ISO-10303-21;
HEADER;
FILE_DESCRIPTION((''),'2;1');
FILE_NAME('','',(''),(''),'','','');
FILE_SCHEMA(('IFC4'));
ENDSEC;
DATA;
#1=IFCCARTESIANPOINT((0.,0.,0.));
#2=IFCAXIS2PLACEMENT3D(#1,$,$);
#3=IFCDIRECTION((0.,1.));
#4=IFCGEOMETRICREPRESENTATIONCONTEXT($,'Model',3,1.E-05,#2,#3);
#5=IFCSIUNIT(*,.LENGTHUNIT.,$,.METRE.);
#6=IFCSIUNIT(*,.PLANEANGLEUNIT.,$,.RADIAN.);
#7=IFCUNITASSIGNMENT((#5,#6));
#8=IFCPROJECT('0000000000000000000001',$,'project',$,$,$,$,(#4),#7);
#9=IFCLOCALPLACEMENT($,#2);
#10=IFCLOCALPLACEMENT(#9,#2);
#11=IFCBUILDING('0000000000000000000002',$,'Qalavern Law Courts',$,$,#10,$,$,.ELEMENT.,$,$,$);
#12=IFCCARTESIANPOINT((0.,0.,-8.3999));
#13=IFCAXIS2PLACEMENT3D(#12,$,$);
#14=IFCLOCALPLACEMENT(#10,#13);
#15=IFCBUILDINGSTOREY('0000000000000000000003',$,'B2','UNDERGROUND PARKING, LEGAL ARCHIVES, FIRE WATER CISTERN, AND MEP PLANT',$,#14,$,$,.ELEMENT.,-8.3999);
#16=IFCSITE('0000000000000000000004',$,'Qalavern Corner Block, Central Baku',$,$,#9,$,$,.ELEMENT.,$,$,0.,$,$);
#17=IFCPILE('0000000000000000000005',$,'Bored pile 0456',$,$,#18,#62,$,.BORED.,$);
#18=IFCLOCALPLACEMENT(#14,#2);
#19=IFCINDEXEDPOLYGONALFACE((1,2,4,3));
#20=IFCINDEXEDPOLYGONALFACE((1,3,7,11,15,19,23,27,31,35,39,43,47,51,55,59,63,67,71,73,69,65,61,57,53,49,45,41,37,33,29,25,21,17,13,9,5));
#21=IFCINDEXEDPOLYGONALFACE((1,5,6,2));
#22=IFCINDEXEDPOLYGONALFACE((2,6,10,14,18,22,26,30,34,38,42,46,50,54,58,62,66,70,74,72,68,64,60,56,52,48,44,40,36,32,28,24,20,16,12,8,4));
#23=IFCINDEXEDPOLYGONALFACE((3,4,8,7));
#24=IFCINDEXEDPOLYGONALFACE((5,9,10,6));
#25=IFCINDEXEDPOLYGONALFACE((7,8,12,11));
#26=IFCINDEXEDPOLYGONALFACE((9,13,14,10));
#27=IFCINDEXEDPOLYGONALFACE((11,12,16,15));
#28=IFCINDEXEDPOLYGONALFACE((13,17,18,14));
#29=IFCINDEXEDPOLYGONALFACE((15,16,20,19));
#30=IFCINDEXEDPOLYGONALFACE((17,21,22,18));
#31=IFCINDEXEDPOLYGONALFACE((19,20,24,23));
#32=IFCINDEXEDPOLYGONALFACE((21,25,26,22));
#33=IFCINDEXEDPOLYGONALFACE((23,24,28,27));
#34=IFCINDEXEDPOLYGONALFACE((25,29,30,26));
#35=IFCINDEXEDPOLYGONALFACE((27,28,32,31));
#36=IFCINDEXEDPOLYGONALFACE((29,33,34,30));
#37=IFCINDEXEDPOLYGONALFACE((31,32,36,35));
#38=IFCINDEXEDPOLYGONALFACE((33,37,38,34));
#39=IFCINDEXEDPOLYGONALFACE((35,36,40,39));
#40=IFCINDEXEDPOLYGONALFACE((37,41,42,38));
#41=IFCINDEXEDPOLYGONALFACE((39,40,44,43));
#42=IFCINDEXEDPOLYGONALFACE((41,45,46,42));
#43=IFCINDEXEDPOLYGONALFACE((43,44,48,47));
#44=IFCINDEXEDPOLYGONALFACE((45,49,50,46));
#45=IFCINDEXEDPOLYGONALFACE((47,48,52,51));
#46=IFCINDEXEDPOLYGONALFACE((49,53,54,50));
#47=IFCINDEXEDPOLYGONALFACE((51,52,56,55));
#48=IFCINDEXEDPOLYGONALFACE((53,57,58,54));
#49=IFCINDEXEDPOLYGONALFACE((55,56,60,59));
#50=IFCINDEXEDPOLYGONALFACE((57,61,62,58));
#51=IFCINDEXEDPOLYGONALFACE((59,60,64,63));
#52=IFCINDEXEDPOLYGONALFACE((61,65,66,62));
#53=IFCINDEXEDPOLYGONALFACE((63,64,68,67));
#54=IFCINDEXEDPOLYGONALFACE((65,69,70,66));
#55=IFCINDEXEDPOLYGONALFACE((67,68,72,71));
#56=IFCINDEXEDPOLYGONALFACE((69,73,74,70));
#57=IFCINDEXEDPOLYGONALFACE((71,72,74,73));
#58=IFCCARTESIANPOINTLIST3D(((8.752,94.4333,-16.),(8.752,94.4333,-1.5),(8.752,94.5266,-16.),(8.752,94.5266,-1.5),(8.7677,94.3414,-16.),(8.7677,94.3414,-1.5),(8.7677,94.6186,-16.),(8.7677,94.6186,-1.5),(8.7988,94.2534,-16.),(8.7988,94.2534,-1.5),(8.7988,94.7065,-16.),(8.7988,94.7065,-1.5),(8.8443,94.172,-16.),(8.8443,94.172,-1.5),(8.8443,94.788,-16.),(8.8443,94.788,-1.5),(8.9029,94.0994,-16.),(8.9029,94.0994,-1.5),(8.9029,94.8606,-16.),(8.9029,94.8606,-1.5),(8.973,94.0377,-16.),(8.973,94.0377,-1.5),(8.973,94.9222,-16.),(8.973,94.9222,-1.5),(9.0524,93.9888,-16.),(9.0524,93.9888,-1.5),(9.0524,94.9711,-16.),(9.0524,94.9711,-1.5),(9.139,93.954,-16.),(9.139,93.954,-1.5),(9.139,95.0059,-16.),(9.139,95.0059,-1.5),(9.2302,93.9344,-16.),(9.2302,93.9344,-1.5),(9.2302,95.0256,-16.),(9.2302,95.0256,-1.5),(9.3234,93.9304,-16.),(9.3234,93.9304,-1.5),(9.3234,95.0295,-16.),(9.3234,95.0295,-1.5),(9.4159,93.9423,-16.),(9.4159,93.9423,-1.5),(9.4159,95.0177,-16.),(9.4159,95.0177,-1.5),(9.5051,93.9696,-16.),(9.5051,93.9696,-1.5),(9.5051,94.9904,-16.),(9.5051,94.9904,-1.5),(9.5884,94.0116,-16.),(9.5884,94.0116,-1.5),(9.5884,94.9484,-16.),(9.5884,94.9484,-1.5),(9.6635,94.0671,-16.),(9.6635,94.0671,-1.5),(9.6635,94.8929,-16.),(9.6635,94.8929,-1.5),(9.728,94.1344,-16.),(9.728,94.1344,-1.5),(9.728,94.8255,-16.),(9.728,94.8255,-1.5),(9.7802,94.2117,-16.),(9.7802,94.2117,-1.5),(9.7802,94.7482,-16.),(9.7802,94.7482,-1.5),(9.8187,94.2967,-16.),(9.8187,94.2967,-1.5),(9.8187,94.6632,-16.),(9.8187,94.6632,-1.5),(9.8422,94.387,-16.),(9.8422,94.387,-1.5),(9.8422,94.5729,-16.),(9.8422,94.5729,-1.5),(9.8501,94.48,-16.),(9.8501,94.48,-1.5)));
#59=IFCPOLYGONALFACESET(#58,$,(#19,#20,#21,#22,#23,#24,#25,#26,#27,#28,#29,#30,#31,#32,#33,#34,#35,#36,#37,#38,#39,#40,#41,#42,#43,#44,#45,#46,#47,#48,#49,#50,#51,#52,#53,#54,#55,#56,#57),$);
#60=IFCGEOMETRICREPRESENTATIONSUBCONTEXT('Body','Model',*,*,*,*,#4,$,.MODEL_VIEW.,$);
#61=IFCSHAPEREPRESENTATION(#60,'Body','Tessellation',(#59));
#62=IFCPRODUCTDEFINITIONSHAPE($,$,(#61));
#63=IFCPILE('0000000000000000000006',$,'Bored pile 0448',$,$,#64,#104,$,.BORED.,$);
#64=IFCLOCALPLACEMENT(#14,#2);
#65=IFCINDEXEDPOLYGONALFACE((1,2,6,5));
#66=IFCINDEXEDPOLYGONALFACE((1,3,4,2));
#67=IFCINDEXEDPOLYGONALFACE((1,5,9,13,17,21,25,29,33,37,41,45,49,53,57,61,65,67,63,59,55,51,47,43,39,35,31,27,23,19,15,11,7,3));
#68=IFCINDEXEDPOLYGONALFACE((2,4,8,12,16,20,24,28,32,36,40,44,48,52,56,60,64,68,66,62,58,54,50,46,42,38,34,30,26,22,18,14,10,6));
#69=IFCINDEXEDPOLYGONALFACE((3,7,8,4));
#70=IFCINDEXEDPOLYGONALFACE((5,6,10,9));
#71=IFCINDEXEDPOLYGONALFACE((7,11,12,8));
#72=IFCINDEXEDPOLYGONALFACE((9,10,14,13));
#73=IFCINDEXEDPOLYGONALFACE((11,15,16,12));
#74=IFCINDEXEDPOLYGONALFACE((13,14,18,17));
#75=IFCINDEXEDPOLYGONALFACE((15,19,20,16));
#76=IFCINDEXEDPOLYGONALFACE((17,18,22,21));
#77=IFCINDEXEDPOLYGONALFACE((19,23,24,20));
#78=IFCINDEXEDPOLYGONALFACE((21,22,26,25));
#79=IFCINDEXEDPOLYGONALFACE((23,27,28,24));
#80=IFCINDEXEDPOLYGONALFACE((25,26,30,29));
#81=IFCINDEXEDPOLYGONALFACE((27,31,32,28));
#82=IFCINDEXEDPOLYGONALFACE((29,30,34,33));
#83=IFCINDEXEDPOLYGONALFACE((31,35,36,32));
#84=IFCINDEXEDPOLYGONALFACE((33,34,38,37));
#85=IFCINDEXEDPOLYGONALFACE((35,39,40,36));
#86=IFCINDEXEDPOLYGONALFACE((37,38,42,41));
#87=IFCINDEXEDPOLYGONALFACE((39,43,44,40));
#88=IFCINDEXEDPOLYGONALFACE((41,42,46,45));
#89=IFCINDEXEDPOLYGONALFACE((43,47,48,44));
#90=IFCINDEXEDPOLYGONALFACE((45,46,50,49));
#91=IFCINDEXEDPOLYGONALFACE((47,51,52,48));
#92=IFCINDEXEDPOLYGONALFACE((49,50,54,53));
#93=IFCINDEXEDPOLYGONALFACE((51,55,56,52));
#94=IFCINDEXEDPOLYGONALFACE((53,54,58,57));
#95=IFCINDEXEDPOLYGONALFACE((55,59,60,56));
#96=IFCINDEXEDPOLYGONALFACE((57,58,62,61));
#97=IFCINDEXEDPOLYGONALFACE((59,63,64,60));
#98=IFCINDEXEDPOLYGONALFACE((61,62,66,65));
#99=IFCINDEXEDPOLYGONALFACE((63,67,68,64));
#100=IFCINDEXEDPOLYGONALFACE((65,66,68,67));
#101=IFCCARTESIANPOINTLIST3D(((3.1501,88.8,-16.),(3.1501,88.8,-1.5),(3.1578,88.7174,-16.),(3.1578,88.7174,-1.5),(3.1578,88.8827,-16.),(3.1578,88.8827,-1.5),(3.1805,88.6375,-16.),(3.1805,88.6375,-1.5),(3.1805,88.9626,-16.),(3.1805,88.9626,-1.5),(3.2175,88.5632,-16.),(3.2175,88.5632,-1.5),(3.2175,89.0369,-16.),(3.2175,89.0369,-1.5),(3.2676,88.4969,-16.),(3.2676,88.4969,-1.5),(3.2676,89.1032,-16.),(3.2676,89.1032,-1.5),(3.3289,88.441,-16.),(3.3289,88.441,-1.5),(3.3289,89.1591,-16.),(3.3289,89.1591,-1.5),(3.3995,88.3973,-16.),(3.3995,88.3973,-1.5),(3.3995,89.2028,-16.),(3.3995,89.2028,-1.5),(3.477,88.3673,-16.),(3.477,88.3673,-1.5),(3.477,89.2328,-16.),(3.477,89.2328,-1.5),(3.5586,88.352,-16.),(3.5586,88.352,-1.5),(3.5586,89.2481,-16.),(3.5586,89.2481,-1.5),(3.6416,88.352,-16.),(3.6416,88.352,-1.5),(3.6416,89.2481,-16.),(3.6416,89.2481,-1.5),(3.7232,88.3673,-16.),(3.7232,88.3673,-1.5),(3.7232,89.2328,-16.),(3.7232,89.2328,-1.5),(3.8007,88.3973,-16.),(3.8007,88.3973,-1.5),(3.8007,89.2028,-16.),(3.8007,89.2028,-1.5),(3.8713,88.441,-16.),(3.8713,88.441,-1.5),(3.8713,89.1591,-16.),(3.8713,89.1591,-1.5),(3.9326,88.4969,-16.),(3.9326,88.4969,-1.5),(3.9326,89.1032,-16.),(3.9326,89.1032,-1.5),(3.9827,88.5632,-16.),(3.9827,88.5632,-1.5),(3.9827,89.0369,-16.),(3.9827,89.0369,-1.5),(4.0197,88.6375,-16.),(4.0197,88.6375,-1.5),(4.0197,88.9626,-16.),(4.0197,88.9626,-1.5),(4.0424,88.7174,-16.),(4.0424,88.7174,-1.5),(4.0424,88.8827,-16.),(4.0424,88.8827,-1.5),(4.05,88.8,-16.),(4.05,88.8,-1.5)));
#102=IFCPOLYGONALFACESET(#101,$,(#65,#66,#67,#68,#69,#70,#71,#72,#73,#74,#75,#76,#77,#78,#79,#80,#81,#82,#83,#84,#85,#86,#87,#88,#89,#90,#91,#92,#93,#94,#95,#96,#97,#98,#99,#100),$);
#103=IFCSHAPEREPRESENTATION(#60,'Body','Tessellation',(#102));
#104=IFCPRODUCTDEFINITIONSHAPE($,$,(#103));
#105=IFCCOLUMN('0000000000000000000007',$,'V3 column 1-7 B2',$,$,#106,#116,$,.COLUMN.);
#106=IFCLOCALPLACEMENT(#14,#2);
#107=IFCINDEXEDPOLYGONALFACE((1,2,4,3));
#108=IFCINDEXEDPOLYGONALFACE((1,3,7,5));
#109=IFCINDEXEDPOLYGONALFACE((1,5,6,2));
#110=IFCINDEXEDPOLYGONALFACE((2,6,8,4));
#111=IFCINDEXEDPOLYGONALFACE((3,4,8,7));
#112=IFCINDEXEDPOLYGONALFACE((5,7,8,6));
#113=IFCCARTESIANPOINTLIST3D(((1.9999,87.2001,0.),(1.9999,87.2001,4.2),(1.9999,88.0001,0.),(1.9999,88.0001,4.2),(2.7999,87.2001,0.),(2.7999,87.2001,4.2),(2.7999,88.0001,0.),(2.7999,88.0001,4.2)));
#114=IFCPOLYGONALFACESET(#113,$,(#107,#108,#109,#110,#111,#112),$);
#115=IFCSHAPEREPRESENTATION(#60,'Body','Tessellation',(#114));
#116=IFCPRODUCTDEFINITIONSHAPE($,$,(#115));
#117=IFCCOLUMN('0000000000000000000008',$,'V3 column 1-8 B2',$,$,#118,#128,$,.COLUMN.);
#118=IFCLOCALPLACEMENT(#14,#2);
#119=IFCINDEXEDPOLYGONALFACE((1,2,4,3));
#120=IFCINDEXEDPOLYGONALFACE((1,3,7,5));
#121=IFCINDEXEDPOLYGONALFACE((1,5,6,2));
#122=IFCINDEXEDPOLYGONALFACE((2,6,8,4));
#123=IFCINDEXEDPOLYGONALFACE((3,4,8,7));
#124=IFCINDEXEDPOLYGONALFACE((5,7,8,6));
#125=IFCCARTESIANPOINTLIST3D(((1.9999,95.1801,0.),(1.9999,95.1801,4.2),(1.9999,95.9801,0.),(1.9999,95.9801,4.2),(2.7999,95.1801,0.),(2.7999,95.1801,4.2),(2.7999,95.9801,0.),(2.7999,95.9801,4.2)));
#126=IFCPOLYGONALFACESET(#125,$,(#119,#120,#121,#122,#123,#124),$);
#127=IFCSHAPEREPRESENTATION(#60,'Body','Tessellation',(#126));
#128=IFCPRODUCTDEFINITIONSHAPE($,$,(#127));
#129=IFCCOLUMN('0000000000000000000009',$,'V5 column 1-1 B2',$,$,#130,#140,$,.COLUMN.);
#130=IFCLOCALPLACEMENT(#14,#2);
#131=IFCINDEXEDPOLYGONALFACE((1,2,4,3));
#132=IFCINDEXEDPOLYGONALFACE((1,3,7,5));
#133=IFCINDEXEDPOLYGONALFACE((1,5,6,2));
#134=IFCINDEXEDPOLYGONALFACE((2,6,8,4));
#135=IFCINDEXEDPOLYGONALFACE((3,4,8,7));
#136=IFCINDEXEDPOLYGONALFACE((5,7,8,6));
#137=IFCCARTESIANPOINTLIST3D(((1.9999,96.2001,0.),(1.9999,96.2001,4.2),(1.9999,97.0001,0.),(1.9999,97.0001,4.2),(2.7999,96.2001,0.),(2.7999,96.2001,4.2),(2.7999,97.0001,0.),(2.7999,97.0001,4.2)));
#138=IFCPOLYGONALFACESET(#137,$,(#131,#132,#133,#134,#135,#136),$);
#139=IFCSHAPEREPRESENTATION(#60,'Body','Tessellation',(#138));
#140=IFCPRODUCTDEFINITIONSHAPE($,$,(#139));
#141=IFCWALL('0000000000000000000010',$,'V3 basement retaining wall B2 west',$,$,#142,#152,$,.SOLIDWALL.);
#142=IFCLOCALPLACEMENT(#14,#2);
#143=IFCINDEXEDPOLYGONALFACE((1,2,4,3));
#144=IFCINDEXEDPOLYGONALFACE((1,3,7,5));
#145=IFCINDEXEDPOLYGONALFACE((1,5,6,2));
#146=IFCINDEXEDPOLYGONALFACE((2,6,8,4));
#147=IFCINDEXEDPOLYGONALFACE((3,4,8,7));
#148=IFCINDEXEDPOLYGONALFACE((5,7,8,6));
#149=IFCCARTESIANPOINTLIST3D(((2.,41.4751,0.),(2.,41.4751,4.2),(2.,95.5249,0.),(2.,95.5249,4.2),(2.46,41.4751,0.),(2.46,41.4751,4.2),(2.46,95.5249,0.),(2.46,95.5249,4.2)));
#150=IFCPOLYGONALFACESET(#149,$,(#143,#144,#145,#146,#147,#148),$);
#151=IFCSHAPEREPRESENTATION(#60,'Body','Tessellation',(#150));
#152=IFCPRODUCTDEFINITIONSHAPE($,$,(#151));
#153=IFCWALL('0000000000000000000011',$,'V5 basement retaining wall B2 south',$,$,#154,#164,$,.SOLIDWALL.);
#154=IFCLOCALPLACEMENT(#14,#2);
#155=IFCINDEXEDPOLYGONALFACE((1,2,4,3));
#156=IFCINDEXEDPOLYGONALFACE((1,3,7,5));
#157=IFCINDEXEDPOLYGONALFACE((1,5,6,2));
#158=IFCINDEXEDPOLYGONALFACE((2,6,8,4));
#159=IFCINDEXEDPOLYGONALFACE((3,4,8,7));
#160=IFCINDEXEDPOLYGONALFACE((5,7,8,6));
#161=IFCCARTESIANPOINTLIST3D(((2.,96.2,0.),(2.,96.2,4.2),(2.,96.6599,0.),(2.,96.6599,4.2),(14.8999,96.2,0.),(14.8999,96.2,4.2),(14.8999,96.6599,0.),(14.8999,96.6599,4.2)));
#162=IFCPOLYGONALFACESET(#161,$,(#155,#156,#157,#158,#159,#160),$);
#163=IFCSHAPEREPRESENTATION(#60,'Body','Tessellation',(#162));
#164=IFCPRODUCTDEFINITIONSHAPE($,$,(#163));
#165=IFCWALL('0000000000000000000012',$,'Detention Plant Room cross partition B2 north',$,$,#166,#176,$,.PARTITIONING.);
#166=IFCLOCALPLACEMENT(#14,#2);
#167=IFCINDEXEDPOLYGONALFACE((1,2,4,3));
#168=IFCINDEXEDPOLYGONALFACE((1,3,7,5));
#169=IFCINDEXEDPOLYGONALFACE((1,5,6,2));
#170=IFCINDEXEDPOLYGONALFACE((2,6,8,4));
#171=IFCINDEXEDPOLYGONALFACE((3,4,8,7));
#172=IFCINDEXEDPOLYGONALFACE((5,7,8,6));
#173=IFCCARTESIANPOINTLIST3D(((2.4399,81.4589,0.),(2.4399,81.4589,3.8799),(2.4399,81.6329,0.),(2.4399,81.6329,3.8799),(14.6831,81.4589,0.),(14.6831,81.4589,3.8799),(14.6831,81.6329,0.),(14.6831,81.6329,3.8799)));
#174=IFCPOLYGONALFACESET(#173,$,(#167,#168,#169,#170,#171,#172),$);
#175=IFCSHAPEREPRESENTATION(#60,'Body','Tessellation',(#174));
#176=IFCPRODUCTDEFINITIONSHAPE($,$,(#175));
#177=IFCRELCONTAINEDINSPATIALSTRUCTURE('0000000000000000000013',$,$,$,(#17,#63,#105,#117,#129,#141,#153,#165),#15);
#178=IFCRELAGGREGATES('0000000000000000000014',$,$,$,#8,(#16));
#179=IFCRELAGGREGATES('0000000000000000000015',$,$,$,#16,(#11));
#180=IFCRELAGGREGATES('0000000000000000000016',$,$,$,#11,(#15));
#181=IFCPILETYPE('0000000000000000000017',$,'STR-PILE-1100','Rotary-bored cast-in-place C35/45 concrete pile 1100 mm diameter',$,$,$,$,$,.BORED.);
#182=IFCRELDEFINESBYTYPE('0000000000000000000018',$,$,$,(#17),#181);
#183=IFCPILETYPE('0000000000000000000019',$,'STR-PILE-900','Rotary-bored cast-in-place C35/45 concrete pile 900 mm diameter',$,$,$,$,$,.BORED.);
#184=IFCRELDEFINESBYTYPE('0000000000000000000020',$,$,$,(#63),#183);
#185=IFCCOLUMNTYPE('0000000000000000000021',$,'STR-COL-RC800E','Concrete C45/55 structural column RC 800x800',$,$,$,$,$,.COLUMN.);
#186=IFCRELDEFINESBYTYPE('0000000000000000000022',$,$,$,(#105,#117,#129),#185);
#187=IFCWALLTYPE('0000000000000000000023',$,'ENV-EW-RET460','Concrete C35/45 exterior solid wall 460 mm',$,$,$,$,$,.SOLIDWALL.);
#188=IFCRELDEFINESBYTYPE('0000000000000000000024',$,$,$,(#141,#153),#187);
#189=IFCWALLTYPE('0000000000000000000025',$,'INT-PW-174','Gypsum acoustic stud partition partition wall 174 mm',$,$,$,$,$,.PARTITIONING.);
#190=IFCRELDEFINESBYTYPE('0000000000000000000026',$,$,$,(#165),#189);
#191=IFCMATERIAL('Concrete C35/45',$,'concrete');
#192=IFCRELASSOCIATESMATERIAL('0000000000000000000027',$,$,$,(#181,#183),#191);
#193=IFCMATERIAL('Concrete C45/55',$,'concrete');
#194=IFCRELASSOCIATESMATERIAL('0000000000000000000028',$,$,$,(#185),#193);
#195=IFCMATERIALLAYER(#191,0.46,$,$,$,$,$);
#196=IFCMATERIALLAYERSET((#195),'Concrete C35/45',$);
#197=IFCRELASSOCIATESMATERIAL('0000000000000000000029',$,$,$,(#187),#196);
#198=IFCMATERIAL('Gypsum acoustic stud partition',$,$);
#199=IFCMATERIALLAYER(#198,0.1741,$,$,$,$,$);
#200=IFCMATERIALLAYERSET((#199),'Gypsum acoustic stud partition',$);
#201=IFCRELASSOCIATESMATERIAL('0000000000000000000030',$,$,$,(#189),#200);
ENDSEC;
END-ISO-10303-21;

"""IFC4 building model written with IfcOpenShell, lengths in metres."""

from ifc_helpers import new_model, si_unit, direction, frame, frame_2d, origin, origin_2d, place, context, subcontext, project, spatial, rectangle, circle, extrude, material, layer, layer_set, material_profile, profile_set, type_object, element, save


model = new_model("IFC4")

# Units and contexts
model_context = context("Model", 3, precision=1e-05, world=origin(), true_north=direction((0.0, 1.0)))
body_context = subcontext(model_context, "Body", "Model", "MODEL_VIEW")
ifc_project = project(units=[si_unit("LENGTHUNIT", "METRE"), si_unit("PLANEANGLEUNIT", "RADIAN")], contexts=[model_context])

# Site, building, storey
site_placement = place(None, origin())
site = spatial("IfcSite", under=ifc_project, at=site_placement, Name="Qalavern Corner Block, Central Baku", CompositionType="ELEMENT", RefElevation=0.0)
building_placement = place(site_placement, origin())
building = spatial("IfcBuilding", under=site, at=building_placement, Name="Qalavern Law Courts", CompositionType="ELEMENT")
storey_placement = place(building_placement, frame((0.0, 0.0, -8.3999)))
storey = spatial("IfcBuildingStorey", under=building, at=storey_placement, Name="B2", Description="UNDERGROUND PARKING, LEGAL ARCHIVES, FIRE WATER CISTERN, AND MEP PLANT", CompositionType="ELEMENT", Elevation=-8.3999)

# Shared definitions
ifc_material_1 = material(Name="Concrete C35/45", Category="concrete")

# Piles
ifc_material_profile_1 = material_profile(ifc_material_1, circle(Radius=0.55, at=origin_2d()), Name="BORED PILE 1100")
ifc_profile_set_1 = profile_set([ifc_material_profile_1], Name="Concrete C35/45")
pile_type_1 = type_object("IfcPileType", Name="STR-PILE-1100", Description="Rotary-bored cast-in-place C35/45 concrete pile 1100 mm diameter", PredefinedType="BORED", material=ifc_profile_set_1)
for number, where, z_axis, x_axis, name in (
    (1, (9.3, 94.48, -1.5), (0.0, 0.0, -1.0), (1.0, 0.0, 0.0), "Bored pile 0456"),
):
    element("IfcPile", number, at=place(storey_placement, frame(where, z_axis=z_axis, x_axis=x_axis)), inside=storey, type_object=pile_type_1, Name=name, PredefinedType="BORED", context=body_context, shape_type="SweptSolid", body=[
        extrude(circle(Radius=0.55, at=origin_2d()), origin(), (0.0, 0.0, 1.0), 14.5),
    ])
ifc_material_profile_2 = material_profile(ifc_material_1, circle(Radius=0.45, at=origin_2d()), Name="BORED PILE 900")
ifc_profile_set_2 = profile_set([ifc_material_profile_2], Name="Concrete C35/45")
pile_type_2 = type_object("IfcPileType", Name="STR-PILE-900", Description="Rotary-bored cast-in-place C35/45 concrete pile 900 mm diameter", PredefinedType="BORED", material=ifc_profile_set_2)
pile_placement = place(storey_placement, frame((3.6001, 88.8, -1.5), z_axis=(0.0, 0.0, -1.0), x_axis=(1.0, 0.0, 0.0)))
element("IfcPile", 2, at=pile_placement, inside=storey, type_object=pile_type_2, Name="Bored pile 0448", PredefinedType="BORED", context=body_context, shape_type="SweptSolid", body=[
    extrude(circle(Radius=0.45, at=origin_2d()), origin(), (0.0, 0.0, 1.0), 14.5),
])

# Columns
ifc_material_2 = material(Name="Concrete C45/55", Category="concrete")
ifc_material_profile_3 = material_profile(ifc_material_2, rectangle(XDim=0.8, YDim=0.8, at=origin_2d()), Name="RC 800x800")
ifc_profile_set_3 = profile_set([ifc_material_profile_3], Name="Concrete C45/55")
column_type = type_object("IfcColumnType", Name="STR-COL-RC800E", Description="Concrete C45/55 structural column RC 800x800", PredefinedType="COLUMN", material=ifc_profile_set_3)
for number, where, z_axis, x_axis, name in (
    (3, (2.3999, 87.6001, 0.0), (0.0, 0.0, 1.0), (1.0, 0.0, 0.0), "V3 column 1-7 B2"),
    (4, (2.3999, 95.5801, 0.0), (0.0, 0.0, 1.0), (1.0, 0.0, 0.0), "V3 column 1-8 B2"),
    (5, (2.3999, 96.6001, 0.0), (0.0, 0.0, 1.0), (1.0, 0.0, 0.0), "V5 column 1-1 B2"),
):
    element("IfcColumn", number, at=place(storey_placement, frame(where, z_axis=z_axis, x_axis=x_axis)), inside=storey, type_object=column_type, Name=name, PredefinedType="COLUMN", context=body_context, shape_type="SweptSolid", body=[
        extrude(rectangle(XDim=0.8, YDim=0.8, at=origin_2d()), origin(), (0.0, 0.0, 1.0), 4.2),
    ])

# Walls
ifc_layer_1 = layer(ifc_material_1, 0.46)
ifc_layer_set_1 = layer_set([ifc_layer_1], Name="Concrete C35/45")
wall_type_1 = type_object("IfcWallType", Name="ENV-EW-RET460", Description="Concrete C35/45 exterior solid wall 460 mm", PredefinedType="SOLIDWALL", material=ifc_layer_set_1)
wall_1_placement = place(storey_placement, frame((2.23, 95.5249, 0.0), z_axis=(0.0, 0.0, 1.0), x_axis=(0.0, -1.0, 0.0)))
element("IfcWall", 6, at=wall_1_placement, inside=storey, type_object=wall_type_1, Name="V3 basement retaining wall B2 west", PredefinedType="SOLIDWALL", context=body_context, shape_type="SweptSolid", body=[
    extrude(rectangle(XDim=54.0498, YDim=0.46, at=frame_2d((27.0249, 0.0))), origin(), (0.0, 0.0, 1.0), 4.2),
])
wall_2_placement = place(storey_placement, frame((2.0, 96.4299, 0.0), z_axis=(0.0, 0.0, 1.0), x_axis=(1.0, 0.0, 0.0)))
element("IfcWall", 7, at=wall_2_placement, inside=storey, type_object=wall_type_1, Name="V5 basement retaining wall B2 south", PredefinedType="SOLIDWALL", context=body_context, shape_type="SweptSolid", body=[
    extrude(rectangle(XDim=12.8999, YDim=0.46, at=frame_2d((6.45, 0.0))), origin(), (0.0, 0.0, 1.0), 4.2),
])
ifc_material_3 = material(Name="Gypsum acoustic stud partition")
ifc_layer_2 = layer(ifc_material_3, 0.1741)
ifc_layer_set_2 = layer_set([ifc_layer_2], Name="Gypsum acoustic stud partition")
wall_type_2 = type_object("IfcWallType", Name="INT-PW-174", Description="Gypsum acoustic stud partition partition wall 174 mm", PredefinedType="PARTITIONING", material=ifc_layer_set_2)
wall_3_placement = place(storey_placement, frame((2.4399, 81.5459, 0.0), z_axis=(0.0, 0.0, 1.0), x_axis=(1.0, 0.0, 0.0)))
element("IfcWall", 8, at=wall_3_placement, inside=storey, type_object=wall_type_2, Name="Detention Plant Room cross partition B2 north", PredefinedType="PARTITIONING", context=body_context, shape_type="SweptSolid", body=[
    extrude(rectangle(XDim=12.2432, YDim=0.1741, at=frame_2d((6.1216, 0.0))), origin(), (0.0, 0.0, 1.0), 3.8799),
])

save(model, "model.ifc")
